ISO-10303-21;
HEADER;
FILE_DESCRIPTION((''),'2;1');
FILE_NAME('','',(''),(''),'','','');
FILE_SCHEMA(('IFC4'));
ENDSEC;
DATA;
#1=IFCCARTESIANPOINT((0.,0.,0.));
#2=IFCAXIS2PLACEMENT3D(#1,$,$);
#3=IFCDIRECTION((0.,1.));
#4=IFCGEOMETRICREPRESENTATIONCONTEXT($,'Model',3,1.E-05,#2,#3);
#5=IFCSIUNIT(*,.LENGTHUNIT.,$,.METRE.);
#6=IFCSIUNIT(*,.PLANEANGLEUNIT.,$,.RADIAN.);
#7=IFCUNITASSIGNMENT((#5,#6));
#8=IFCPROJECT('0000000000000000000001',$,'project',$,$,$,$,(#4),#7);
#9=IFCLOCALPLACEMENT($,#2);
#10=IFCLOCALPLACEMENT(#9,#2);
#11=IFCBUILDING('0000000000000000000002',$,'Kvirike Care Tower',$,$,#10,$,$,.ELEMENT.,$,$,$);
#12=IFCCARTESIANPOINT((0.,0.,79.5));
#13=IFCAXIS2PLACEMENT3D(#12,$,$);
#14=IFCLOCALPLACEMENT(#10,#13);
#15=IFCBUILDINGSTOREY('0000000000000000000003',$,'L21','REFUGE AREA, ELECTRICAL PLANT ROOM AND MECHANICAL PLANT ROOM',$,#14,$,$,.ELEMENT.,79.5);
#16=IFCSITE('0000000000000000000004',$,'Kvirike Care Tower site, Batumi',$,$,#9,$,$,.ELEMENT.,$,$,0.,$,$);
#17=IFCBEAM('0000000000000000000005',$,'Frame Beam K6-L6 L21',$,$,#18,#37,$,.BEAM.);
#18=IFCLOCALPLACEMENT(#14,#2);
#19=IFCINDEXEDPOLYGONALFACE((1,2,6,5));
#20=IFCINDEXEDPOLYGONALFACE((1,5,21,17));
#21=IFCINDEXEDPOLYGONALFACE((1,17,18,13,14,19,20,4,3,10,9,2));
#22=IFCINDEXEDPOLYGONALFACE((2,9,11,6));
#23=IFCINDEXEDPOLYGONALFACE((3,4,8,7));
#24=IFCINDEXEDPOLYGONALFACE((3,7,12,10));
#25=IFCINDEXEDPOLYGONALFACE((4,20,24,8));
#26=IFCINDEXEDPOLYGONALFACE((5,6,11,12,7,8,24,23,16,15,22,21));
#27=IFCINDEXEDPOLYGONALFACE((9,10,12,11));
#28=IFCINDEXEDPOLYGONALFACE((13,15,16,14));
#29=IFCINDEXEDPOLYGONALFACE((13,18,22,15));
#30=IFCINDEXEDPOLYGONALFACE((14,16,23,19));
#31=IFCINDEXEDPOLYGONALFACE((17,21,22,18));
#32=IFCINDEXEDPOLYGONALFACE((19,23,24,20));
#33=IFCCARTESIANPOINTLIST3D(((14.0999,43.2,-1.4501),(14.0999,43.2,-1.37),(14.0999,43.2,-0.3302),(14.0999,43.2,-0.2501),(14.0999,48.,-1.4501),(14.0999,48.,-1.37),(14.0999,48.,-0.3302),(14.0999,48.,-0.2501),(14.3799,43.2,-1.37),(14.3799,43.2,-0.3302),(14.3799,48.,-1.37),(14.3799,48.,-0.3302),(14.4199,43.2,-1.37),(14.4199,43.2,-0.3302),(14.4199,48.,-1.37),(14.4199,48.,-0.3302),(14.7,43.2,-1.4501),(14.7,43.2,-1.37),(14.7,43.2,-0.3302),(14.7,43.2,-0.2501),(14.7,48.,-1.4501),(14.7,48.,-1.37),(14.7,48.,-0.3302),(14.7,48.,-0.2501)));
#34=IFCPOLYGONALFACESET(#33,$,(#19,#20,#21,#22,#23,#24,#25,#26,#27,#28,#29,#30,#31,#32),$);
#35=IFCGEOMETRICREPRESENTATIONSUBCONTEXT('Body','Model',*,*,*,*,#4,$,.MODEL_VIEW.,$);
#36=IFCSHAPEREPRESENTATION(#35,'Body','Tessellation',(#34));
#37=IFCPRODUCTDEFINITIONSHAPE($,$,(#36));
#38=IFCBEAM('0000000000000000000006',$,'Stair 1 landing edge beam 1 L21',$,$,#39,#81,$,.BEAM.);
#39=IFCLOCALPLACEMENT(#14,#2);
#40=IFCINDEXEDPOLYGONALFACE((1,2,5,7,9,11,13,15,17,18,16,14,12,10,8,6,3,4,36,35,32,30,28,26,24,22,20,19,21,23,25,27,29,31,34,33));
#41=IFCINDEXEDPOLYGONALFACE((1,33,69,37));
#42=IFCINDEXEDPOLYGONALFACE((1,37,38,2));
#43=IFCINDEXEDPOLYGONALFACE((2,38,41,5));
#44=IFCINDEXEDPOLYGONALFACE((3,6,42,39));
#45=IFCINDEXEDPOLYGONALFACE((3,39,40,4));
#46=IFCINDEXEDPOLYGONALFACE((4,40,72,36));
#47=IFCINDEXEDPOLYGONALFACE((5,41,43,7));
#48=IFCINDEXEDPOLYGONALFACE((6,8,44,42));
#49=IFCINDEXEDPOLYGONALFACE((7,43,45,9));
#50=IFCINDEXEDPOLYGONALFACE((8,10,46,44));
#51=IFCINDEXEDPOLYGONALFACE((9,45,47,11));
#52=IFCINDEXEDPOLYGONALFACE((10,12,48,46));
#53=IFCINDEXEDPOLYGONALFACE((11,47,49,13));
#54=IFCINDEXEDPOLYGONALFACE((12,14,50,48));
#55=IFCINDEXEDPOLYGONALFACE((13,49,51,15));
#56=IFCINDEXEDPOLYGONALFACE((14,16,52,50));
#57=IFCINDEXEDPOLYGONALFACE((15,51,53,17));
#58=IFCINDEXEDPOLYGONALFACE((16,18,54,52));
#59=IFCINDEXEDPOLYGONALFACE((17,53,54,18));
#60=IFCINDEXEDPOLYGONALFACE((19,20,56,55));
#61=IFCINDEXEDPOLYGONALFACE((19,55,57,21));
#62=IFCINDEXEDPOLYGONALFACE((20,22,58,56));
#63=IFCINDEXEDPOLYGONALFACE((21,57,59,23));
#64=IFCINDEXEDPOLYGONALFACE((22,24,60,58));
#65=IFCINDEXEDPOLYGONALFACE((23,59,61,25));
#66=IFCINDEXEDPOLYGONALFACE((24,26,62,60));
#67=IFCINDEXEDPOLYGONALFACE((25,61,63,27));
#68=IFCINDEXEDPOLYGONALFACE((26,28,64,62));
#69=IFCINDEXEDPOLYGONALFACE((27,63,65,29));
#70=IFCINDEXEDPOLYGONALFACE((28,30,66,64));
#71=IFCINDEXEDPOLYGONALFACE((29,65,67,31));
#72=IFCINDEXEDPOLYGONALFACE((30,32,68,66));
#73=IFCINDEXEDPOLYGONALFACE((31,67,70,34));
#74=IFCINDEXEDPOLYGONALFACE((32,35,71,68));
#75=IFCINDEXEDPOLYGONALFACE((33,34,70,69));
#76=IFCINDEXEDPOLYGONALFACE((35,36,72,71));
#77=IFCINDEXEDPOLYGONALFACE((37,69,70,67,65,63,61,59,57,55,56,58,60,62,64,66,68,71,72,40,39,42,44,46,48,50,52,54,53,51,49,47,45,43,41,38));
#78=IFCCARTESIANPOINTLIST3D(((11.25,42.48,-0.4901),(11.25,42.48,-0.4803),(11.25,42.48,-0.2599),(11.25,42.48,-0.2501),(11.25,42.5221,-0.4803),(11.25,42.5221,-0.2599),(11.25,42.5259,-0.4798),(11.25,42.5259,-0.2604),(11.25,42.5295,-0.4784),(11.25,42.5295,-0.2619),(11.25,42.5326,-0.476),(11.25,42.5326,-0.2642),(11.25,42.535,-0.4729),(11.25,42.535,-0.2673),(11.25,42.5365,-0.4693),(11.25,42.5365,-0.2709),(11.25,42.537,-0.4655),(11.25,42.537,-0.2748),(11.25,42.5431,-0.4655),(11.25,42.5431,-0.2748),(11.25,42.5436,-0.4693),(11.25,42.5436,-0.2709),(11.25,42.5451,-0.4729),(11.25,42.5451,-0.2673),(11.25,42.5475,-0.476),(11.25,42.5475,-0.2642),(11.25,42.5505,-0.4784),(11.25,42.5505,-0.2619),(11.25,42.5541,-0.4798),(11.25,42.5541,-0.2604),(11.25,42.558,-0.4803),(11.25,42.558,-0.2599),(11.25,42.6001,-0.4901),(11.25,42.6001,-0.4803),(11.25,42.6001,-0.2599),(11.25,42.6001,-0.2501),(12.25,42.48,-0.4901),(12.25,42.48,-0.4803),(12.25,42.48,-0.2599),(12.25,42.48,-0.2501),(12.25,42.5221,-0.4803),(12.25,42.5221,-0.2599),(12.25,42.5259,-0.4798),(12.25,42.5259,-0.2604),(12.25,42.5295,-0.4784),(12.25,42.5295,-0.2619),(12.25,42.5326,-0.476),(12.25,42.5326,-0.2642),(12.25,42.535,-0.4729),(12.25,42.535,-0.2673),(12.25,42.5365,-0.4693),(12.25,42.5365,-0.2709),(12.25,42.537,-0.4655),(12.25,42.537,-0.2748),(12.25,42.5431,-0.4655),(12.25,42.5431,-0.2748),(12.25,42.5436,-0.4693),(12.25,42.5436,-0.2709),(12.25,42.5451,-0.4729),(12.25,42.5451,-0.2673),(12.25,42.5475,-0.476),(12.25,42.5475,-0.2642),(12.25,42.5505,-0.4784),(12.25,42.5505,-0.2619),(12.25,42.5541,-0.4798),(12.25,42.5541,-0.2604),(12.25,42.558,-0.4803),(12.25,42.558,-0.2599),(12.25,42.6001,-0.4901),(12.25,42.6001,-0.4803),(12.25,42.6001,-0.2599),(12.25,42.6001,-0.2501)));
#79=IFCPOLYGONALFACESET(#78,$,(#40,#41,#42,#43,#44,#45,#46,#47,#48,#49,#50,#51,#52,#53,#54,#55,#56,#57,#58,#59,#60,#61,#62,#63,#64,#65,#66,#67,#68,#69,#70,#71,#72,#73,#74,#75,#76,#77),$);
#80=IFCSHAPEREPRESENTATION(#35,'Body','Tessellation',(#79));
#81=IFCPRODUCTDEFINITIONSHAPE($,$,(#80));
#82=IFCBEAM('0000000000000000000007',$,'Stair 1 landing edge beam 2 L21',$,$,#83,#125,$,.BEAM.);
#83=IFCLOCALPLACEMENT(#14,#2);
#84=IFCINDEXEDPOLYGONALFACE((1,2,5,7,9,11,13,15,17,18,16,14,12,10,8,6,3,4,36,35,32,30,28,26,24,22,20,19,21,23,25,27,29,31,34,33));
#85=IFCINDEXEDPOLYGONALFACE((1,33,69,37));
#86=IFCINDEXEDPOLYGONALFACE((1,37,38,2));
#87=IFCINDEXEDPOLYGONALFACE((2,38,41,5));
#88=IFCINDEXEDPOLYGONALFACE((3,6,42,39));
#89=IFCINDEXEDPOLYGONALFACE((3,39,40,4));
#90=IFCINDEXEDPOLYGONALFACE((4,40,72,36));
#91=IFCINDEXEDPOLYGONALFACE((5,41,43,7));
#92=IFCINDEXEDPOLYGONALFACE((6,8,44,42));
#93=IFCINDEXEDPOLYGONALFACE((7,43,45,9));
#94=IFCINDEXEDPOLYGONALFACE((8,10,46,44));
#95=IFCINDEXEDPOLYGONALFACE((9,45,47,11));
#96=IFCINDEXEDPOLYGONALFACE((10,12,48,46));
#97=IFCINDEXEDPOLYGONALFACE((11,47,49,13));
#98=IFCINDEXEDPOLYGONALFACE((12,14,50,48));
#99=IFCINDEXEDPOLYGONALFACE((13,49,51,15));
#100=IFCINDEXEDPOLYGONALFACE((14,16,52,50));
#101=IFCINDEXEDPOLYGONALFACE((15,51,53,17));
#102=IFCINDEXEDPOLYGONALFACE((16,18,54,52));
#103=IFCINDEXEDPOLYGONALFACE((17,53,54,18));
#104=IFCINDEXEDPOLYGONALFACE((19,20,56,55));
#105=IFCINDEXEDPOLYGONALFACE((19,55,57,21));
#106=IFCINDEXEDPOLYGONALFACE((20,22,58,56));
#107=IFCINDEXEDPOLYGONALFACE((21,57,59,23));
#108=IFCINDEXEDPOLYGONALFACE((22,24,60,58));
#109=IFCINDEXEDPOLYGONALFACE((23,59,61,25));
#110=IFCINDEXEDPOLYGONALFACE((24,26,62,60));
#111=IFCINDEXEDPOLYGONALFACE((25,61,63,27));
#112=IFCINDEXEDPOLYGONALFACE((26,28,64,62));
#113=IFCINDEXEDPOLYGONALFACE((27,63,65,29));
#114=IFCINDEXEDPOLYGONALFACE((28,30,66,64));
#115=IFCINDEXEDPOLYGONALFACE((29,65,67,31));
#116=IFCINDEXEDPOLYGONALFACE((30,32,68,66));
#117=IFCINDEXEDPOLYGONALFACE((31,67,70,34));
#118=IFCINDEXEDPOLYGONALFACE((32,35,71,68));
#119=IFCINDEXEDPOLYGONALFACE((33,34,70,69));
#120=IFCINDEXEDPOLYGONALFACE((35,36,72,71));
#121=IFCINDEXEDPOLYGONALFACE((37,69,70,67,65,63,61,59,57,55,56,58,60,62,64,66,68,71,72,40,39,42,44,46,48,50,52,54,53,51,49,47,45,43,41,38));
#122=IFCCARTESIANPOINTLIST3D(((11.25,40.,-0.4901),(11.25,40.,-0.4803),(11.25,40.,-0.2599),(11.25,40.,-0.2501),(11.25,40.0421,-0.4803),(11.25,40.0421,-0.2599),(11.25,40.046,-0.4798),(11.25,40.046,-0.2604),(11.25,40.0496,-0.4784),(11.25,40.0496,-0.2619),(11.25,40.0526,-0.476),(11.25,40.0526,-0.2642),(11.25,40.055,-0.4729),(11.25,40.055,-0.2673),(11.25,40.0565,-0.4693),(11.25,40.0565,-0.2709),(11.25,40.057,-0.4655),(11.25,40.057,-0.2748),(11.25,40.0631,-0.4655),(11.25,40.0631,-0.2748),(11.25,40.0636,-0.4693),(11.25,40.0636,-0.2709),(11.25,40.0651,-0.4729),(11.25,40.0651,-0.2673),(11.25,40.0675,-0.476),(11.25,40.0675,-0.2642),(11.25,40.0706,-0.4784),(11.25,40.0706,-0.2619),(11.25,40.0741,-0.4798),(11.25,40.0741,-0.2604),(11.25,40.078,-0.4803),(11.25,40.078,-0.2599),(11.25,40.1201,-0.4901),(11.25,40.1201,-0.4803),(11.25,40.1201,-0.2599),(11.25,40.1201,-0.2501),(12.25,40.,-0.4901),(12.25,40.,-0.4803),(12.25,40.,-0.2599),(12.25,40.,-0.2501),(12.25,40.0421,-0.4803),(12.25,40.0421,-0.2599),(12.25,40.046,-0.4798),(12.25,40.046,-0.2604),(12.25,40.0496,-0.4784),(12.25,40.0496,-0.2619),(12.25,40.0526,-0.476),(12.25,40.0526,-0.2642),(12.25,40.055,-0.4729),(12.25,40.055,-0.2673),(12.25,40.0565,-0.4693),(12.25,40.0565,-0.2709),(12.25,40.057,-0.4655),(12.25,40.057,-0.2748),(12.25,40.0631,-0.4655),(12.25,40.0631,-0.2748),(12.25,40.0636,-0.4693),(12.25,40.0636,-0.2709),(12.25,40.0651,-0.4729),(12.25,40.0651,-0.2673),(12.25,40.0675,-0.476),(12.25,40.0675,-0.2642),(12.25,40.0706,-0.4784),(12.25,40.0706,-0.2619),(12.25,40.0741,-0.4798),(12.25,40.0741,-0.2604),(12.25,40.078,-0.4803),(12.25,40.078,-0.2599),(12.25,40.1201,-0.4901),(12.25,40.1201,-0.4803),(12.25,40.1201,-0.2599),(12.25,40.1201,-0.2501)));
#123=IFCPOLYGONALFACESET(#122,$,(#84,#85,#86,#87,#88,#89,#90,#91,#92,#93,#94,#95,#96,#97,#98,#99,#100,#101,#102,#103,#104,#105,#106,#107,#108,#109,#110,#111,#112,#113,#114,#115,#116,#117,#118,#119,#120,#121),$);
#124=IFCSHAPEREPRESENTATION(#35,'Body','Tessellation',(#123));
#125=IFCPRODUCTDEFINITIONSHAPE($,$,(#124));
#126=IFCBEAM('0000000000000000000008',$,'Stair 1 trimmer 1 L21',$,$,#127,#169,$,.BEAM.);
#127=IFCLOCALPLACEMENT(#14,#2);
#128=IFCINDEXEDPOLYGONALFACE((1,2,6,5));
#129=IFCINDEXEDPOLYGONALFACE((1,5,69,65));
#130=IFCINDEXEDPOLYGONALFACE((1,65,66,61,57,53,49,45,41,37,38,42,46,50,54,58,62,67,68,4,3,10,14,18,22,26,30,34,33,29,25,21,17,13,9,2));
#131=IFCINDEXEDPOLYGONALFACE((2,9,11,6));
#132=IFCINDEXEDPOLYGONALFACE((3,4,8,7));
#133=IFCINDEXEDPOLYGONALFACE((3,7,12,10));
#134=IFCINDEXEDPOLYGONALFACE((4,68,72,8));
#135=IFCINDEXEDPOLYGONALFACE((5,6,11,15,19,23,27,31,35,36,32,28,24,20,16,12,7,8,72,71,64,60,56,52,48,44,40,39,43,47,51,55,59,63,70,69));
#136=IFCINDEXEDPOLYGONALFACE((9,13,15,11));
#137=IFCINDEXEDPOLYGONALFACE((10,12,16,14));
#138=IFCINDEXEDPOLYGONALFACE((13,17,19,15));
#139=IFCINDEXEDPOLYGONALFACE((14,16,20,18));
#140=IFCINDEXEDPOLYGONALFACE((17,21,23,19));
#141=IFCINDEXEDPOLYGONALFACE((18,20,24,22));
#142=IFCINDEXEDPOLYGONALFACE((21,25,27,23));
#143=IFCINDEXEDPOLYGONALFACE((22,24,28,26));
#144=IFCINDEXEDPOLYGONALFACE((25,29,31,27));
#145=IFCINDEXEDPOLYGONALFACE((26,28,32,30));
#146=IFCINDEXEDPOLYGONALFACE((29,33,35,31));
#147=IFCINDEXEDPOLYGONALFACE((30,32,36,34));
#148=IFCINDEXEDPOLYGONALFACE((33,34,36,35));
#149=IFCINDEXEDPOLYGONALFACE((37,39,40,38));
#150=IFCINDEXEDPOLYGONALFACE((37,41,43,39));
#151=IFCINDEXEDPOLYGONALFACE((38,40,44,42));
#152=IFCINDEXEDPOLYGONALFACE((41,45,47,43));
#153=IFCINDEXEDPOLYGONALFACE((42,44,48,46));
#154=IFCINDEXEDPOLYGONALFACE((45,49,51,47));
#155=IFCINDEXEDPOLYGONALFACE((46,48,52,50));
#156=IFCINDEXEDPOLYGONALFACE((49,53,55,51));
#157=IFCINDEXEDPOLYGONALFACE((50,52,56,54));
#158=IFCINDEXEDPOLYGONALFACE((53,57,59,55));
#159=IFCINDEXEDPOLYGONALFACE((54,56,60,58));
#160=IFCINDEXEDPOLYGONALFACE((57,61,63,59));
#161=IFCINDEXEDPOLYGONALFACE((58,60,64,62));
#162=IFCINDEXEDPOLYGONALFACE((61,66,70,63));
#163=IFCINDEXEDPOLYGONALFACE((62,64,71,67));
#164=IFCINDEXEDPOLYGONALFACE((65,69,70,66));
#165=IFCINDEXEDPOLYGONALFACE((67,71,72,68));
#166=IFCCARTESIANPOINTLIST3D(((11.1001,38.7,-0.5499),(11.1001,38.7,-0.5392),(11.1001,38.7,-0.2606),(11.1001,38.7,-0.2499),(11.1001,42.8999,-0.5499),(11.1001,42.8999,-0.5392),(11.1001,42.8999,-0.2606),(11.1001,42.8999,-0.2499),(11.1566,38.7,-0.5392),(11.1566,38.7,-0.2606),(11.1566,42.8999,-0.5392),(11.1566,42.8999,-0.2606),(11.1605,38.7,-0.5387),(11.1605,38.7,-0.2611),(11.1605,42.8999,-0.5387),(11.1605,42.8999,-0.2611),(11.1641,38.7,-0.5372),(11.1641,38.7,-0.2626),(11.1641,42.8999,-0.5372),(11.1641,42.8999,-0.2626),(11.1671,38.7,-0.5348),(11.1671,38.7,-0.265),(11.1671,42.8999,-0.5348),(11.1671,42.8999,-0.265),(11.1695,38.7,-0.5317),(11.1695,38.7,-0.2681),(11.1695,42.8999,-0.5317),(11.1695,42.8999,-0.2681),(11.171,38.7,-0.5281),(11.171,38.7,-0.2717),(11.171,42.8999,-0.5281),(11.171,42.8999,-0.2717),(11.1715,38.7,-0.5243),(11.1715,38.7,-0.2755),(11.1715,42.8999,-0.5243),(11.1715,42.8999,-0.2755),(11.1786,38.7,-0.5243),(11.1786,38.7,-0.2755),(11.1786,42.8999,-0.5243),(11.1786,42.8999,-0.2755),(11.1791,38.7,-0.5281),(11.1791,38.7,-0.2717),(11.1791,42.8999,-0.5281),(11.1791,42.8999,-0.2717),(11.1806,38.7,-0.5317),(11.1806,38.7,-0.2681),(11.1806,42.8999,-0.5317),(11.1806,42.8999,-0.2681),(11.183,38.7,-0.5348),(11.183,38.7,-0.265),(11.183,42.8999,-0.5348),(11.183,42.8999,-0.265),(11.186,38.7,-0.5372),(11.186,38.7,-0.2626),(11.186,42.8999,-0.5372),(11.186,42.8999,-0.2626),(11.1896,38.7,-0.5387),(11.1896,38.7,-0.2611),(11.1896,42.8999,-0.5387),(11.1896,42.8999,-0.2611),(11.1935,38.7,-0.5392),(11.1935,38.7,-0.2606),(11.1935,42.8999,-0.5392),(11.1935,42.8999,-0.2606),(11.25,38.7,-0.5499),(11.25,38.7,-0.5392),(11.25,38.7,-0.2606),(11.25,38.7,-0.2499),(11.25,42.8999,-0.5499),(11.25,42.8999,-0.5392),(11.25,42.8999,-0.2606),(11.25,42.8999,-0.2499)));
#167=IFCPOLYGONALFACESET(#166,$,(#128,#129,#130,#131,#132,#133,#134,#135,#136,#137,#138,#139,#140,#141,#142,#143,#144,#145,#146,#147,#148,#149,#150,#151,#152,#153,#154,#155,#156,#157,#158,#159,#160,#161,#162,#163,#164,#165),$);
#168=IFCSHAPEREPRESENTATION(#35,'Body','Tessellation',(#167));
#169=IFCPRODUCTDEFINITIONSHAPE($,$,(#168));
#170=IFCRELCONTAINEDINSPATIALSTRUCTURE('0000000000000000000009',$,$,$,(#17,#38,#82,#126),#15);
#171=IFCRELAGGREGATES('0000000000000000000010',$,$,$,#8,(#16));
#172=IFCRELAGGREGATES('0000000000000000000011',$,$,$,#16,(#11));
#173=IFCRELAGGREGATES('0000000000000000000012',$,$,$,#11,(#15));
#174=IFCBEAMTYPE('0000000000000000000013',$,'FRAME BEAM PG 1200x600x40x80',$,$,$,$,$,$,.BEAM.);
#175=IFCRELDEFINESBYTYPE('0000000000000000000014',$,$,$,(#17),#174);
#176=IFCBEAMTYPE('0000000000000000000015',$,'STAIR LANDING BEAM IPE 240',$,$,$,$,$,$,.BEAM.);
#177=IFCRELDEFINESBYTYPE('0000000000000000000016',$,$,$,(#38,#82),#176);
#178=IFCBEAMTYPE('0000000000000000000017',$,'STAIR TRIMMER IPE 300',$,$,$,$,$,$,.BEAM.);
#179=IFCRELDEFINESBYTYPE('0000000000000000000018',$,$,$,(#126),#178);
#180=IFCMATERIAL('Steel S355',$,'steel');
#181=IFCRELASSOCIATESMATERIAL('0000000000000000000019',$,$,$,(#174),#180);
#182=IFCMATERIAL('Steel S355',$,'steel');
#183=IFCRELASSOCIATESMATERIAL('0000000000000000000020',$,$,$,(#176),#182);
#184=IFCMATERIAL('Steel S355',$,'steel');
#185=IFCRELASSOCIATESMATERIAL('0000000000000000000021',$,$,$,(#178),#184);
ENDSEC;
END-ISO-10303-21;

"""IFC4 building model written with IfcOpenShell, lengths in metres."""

from ifc_helpers import new_model, si_unit, direction, frame, origin, origin_2d, place, context, subcontext, project, spatial, i_section, extrude, material, material_profile, profile_set, type_object, element, save


model = new_model("IFC4")

# Units and contexts
model_context = context("Model", 3, precision=1e-05, world=origin(), true_north=direction((0.0, 1.0)))
body_context = subcontext(model_context, "Body", "Model", "MODEL_VIEW")
ifc_project = project(units=[si_unit("LENGTHUNIT", "METRE"), si_unit("PLANEANGLEUNIT", "RADIAN")], contexts=[model_context])

# Site, building, storey
site_placement = place(None, origin())
site = spatial("IfcSite", under=ifc_project, at=site_placement, Name="Kvirike Care Tower site, Batumi", CompositionType="ELEMENT", RefElevation=0.0)
building_placement = place(site_placement, origin())
building = spatial("IfcBuilding", under=site, at=building_placement, Name="Kvirike Care Tower", CompositionType="ELEMENT")
storey_placement = place(building_placement, frame((0.0, 0.0, 79.5)))
storey = spatial("IfcBuildingStorey", under=building, at=storey_placement, Name="L21", Description="REFUGE AREA, ELECTRICAL PLANT ROOM AND MECHANICAL PLANT ROOM", CompositionType="ELEMENT", Elevation=79.5)

# Beams
ifc_material_1 = material(Name="Steel S355", Category="steel")
ifc_material_profile_1 = material_profile(ifc_material_1, i_section(OverallWidth=0.6001, OverallDepth=1.2, WebThickness=0.04, FlangeThickness=0.0801, at=origin_2d()), Name="PG 1200x600x40x80")
ifc_profile_set_1 = profile_set([ifc_material_profile_1], Name="Steel S355")
beam_type_1 = type_object("IfcBeamType", Name="FRAME BEAM PG 1200x600x40x80", PredefinedType="BEAM", material=ifc_profile_set_1)
beam_placement = place(storey_placement, frame((14.3999, 43.2, -0.8501), z_axis=(0.0, 1.0, 0.0), x_axis=(-1.0, 0.0, 0.0)))
element("IfcBeam", 1, at=beam_placement, inside=storey, type_object=beam_type_1, Name="Frame Beam K6-L6 L21", PredefinedType="BEAM", context=body_context, shape_type="SweptSolid", body=[
    extrude(i_section(OverallWidth=0.6001, OverallDepth=1.2, WebThickness=0.04, FlangeThickness=0.0801, at=origin_2d()), origin(), (0.0, 0.0, 1.0), 4.8),
])
ifc_material_2 = material(Name="Steel S355", Category="steel")
ifc_material_profile_2 = material_profile(ifc_material_2, i_section(OverallWidth=0.1201, OverallDepth=0.24, WebThickness=0.0061, FlangeThickness=0.0098, FilletRadius=0.0149, at=origin_2d()), Name="IPE 240")
ifc_profile_set_2 = profile_set([ifc_material_profile_2], Name="Steel S355")
beam_type_2 = type_object("IfcBeamType", Name="STAIR LANDING BEAM IPE 240", PredefinedType="BEAM", material=ifc_profile_set_2)
for number, where, z_axis, x_axis, name in (
    (2, (11.25, 42.54, -0.3701), (1.0, 0.0, 0.0), (0.0, 1.0, 0.0), "Stair 1 landing edge beam 1 L21"),
    (3, (11.25, 40.0601, -0.3701), (1.0, 0.0, 0.0), (0.0, 1.0, 0.0), "Stair 1 landing edge beam 2 L21"),
):
    element("IfcBeam", number, at=place(storey_placement, frame(where, z_axis=z_axis, x_axis=x_axis)), inside=storey, type_object=beam_type_2, Name=name, PredefinedType="BEAM", context=body_context, shape_type="SweptSolid", body=[
        extrude(i_section(OverallWidth=0.1201, OverallDepth=0.24, WebThickness=0.0061, FlangeThickness=0.0098, FilletRadius=0.0149, at=origin_2d()), origin(), (0.0, 0.0, 1.0), 1.0),
    ])
ifc_material_3 = material(Name="Steel S355", Category="steel")
ifc_material_profile_3 = material_profile(ifc_material_3, i_section(OverallWidth=0.1499, OverallDepth=0.3, WebThickness=0.0071, FlangeThickness=0.0107, FilletRadius=0.0149, at=origin_2d()), Name="IPE 300")
ifc_profile_set_3 = profile_set([ifc_material_profile_3], Name="Steel S355")
beam_type_3 = type_object("IfcBeamType", Name="STAIR TRIMMER IPE 300", PredefinedType="BEAM", material=ifc_profile_set_3)
for number, where, z_axis, x_axis, name in (
    (4, (11.175, 42.8999, -0.3999), (0.0, -1.0, 0.0), (1.0, 0.0, 0.0), "Stair 1 trimmer 1 L21"),
):
    element("IfcBeam", number, at=place(storey_placement, frame(where, z_axis=z_axis, x_axis=x_axis)), inside=storey, type_object=beam_type_3, Name=name, PredefinedType="BEAM", context=body_context, shape_type="SweptSolid", body=[
        extrude(i_section(OverallWidth=0.1499, OverallDepth=0.3, WebThickness=0.0071, FlangeThickness=0.0107, FilletRadius=0.0149, at=origin_2d()), origin(), (0.0, 0.0, 1.0), 4.2),
    ])

save(model, "model.ifc")
